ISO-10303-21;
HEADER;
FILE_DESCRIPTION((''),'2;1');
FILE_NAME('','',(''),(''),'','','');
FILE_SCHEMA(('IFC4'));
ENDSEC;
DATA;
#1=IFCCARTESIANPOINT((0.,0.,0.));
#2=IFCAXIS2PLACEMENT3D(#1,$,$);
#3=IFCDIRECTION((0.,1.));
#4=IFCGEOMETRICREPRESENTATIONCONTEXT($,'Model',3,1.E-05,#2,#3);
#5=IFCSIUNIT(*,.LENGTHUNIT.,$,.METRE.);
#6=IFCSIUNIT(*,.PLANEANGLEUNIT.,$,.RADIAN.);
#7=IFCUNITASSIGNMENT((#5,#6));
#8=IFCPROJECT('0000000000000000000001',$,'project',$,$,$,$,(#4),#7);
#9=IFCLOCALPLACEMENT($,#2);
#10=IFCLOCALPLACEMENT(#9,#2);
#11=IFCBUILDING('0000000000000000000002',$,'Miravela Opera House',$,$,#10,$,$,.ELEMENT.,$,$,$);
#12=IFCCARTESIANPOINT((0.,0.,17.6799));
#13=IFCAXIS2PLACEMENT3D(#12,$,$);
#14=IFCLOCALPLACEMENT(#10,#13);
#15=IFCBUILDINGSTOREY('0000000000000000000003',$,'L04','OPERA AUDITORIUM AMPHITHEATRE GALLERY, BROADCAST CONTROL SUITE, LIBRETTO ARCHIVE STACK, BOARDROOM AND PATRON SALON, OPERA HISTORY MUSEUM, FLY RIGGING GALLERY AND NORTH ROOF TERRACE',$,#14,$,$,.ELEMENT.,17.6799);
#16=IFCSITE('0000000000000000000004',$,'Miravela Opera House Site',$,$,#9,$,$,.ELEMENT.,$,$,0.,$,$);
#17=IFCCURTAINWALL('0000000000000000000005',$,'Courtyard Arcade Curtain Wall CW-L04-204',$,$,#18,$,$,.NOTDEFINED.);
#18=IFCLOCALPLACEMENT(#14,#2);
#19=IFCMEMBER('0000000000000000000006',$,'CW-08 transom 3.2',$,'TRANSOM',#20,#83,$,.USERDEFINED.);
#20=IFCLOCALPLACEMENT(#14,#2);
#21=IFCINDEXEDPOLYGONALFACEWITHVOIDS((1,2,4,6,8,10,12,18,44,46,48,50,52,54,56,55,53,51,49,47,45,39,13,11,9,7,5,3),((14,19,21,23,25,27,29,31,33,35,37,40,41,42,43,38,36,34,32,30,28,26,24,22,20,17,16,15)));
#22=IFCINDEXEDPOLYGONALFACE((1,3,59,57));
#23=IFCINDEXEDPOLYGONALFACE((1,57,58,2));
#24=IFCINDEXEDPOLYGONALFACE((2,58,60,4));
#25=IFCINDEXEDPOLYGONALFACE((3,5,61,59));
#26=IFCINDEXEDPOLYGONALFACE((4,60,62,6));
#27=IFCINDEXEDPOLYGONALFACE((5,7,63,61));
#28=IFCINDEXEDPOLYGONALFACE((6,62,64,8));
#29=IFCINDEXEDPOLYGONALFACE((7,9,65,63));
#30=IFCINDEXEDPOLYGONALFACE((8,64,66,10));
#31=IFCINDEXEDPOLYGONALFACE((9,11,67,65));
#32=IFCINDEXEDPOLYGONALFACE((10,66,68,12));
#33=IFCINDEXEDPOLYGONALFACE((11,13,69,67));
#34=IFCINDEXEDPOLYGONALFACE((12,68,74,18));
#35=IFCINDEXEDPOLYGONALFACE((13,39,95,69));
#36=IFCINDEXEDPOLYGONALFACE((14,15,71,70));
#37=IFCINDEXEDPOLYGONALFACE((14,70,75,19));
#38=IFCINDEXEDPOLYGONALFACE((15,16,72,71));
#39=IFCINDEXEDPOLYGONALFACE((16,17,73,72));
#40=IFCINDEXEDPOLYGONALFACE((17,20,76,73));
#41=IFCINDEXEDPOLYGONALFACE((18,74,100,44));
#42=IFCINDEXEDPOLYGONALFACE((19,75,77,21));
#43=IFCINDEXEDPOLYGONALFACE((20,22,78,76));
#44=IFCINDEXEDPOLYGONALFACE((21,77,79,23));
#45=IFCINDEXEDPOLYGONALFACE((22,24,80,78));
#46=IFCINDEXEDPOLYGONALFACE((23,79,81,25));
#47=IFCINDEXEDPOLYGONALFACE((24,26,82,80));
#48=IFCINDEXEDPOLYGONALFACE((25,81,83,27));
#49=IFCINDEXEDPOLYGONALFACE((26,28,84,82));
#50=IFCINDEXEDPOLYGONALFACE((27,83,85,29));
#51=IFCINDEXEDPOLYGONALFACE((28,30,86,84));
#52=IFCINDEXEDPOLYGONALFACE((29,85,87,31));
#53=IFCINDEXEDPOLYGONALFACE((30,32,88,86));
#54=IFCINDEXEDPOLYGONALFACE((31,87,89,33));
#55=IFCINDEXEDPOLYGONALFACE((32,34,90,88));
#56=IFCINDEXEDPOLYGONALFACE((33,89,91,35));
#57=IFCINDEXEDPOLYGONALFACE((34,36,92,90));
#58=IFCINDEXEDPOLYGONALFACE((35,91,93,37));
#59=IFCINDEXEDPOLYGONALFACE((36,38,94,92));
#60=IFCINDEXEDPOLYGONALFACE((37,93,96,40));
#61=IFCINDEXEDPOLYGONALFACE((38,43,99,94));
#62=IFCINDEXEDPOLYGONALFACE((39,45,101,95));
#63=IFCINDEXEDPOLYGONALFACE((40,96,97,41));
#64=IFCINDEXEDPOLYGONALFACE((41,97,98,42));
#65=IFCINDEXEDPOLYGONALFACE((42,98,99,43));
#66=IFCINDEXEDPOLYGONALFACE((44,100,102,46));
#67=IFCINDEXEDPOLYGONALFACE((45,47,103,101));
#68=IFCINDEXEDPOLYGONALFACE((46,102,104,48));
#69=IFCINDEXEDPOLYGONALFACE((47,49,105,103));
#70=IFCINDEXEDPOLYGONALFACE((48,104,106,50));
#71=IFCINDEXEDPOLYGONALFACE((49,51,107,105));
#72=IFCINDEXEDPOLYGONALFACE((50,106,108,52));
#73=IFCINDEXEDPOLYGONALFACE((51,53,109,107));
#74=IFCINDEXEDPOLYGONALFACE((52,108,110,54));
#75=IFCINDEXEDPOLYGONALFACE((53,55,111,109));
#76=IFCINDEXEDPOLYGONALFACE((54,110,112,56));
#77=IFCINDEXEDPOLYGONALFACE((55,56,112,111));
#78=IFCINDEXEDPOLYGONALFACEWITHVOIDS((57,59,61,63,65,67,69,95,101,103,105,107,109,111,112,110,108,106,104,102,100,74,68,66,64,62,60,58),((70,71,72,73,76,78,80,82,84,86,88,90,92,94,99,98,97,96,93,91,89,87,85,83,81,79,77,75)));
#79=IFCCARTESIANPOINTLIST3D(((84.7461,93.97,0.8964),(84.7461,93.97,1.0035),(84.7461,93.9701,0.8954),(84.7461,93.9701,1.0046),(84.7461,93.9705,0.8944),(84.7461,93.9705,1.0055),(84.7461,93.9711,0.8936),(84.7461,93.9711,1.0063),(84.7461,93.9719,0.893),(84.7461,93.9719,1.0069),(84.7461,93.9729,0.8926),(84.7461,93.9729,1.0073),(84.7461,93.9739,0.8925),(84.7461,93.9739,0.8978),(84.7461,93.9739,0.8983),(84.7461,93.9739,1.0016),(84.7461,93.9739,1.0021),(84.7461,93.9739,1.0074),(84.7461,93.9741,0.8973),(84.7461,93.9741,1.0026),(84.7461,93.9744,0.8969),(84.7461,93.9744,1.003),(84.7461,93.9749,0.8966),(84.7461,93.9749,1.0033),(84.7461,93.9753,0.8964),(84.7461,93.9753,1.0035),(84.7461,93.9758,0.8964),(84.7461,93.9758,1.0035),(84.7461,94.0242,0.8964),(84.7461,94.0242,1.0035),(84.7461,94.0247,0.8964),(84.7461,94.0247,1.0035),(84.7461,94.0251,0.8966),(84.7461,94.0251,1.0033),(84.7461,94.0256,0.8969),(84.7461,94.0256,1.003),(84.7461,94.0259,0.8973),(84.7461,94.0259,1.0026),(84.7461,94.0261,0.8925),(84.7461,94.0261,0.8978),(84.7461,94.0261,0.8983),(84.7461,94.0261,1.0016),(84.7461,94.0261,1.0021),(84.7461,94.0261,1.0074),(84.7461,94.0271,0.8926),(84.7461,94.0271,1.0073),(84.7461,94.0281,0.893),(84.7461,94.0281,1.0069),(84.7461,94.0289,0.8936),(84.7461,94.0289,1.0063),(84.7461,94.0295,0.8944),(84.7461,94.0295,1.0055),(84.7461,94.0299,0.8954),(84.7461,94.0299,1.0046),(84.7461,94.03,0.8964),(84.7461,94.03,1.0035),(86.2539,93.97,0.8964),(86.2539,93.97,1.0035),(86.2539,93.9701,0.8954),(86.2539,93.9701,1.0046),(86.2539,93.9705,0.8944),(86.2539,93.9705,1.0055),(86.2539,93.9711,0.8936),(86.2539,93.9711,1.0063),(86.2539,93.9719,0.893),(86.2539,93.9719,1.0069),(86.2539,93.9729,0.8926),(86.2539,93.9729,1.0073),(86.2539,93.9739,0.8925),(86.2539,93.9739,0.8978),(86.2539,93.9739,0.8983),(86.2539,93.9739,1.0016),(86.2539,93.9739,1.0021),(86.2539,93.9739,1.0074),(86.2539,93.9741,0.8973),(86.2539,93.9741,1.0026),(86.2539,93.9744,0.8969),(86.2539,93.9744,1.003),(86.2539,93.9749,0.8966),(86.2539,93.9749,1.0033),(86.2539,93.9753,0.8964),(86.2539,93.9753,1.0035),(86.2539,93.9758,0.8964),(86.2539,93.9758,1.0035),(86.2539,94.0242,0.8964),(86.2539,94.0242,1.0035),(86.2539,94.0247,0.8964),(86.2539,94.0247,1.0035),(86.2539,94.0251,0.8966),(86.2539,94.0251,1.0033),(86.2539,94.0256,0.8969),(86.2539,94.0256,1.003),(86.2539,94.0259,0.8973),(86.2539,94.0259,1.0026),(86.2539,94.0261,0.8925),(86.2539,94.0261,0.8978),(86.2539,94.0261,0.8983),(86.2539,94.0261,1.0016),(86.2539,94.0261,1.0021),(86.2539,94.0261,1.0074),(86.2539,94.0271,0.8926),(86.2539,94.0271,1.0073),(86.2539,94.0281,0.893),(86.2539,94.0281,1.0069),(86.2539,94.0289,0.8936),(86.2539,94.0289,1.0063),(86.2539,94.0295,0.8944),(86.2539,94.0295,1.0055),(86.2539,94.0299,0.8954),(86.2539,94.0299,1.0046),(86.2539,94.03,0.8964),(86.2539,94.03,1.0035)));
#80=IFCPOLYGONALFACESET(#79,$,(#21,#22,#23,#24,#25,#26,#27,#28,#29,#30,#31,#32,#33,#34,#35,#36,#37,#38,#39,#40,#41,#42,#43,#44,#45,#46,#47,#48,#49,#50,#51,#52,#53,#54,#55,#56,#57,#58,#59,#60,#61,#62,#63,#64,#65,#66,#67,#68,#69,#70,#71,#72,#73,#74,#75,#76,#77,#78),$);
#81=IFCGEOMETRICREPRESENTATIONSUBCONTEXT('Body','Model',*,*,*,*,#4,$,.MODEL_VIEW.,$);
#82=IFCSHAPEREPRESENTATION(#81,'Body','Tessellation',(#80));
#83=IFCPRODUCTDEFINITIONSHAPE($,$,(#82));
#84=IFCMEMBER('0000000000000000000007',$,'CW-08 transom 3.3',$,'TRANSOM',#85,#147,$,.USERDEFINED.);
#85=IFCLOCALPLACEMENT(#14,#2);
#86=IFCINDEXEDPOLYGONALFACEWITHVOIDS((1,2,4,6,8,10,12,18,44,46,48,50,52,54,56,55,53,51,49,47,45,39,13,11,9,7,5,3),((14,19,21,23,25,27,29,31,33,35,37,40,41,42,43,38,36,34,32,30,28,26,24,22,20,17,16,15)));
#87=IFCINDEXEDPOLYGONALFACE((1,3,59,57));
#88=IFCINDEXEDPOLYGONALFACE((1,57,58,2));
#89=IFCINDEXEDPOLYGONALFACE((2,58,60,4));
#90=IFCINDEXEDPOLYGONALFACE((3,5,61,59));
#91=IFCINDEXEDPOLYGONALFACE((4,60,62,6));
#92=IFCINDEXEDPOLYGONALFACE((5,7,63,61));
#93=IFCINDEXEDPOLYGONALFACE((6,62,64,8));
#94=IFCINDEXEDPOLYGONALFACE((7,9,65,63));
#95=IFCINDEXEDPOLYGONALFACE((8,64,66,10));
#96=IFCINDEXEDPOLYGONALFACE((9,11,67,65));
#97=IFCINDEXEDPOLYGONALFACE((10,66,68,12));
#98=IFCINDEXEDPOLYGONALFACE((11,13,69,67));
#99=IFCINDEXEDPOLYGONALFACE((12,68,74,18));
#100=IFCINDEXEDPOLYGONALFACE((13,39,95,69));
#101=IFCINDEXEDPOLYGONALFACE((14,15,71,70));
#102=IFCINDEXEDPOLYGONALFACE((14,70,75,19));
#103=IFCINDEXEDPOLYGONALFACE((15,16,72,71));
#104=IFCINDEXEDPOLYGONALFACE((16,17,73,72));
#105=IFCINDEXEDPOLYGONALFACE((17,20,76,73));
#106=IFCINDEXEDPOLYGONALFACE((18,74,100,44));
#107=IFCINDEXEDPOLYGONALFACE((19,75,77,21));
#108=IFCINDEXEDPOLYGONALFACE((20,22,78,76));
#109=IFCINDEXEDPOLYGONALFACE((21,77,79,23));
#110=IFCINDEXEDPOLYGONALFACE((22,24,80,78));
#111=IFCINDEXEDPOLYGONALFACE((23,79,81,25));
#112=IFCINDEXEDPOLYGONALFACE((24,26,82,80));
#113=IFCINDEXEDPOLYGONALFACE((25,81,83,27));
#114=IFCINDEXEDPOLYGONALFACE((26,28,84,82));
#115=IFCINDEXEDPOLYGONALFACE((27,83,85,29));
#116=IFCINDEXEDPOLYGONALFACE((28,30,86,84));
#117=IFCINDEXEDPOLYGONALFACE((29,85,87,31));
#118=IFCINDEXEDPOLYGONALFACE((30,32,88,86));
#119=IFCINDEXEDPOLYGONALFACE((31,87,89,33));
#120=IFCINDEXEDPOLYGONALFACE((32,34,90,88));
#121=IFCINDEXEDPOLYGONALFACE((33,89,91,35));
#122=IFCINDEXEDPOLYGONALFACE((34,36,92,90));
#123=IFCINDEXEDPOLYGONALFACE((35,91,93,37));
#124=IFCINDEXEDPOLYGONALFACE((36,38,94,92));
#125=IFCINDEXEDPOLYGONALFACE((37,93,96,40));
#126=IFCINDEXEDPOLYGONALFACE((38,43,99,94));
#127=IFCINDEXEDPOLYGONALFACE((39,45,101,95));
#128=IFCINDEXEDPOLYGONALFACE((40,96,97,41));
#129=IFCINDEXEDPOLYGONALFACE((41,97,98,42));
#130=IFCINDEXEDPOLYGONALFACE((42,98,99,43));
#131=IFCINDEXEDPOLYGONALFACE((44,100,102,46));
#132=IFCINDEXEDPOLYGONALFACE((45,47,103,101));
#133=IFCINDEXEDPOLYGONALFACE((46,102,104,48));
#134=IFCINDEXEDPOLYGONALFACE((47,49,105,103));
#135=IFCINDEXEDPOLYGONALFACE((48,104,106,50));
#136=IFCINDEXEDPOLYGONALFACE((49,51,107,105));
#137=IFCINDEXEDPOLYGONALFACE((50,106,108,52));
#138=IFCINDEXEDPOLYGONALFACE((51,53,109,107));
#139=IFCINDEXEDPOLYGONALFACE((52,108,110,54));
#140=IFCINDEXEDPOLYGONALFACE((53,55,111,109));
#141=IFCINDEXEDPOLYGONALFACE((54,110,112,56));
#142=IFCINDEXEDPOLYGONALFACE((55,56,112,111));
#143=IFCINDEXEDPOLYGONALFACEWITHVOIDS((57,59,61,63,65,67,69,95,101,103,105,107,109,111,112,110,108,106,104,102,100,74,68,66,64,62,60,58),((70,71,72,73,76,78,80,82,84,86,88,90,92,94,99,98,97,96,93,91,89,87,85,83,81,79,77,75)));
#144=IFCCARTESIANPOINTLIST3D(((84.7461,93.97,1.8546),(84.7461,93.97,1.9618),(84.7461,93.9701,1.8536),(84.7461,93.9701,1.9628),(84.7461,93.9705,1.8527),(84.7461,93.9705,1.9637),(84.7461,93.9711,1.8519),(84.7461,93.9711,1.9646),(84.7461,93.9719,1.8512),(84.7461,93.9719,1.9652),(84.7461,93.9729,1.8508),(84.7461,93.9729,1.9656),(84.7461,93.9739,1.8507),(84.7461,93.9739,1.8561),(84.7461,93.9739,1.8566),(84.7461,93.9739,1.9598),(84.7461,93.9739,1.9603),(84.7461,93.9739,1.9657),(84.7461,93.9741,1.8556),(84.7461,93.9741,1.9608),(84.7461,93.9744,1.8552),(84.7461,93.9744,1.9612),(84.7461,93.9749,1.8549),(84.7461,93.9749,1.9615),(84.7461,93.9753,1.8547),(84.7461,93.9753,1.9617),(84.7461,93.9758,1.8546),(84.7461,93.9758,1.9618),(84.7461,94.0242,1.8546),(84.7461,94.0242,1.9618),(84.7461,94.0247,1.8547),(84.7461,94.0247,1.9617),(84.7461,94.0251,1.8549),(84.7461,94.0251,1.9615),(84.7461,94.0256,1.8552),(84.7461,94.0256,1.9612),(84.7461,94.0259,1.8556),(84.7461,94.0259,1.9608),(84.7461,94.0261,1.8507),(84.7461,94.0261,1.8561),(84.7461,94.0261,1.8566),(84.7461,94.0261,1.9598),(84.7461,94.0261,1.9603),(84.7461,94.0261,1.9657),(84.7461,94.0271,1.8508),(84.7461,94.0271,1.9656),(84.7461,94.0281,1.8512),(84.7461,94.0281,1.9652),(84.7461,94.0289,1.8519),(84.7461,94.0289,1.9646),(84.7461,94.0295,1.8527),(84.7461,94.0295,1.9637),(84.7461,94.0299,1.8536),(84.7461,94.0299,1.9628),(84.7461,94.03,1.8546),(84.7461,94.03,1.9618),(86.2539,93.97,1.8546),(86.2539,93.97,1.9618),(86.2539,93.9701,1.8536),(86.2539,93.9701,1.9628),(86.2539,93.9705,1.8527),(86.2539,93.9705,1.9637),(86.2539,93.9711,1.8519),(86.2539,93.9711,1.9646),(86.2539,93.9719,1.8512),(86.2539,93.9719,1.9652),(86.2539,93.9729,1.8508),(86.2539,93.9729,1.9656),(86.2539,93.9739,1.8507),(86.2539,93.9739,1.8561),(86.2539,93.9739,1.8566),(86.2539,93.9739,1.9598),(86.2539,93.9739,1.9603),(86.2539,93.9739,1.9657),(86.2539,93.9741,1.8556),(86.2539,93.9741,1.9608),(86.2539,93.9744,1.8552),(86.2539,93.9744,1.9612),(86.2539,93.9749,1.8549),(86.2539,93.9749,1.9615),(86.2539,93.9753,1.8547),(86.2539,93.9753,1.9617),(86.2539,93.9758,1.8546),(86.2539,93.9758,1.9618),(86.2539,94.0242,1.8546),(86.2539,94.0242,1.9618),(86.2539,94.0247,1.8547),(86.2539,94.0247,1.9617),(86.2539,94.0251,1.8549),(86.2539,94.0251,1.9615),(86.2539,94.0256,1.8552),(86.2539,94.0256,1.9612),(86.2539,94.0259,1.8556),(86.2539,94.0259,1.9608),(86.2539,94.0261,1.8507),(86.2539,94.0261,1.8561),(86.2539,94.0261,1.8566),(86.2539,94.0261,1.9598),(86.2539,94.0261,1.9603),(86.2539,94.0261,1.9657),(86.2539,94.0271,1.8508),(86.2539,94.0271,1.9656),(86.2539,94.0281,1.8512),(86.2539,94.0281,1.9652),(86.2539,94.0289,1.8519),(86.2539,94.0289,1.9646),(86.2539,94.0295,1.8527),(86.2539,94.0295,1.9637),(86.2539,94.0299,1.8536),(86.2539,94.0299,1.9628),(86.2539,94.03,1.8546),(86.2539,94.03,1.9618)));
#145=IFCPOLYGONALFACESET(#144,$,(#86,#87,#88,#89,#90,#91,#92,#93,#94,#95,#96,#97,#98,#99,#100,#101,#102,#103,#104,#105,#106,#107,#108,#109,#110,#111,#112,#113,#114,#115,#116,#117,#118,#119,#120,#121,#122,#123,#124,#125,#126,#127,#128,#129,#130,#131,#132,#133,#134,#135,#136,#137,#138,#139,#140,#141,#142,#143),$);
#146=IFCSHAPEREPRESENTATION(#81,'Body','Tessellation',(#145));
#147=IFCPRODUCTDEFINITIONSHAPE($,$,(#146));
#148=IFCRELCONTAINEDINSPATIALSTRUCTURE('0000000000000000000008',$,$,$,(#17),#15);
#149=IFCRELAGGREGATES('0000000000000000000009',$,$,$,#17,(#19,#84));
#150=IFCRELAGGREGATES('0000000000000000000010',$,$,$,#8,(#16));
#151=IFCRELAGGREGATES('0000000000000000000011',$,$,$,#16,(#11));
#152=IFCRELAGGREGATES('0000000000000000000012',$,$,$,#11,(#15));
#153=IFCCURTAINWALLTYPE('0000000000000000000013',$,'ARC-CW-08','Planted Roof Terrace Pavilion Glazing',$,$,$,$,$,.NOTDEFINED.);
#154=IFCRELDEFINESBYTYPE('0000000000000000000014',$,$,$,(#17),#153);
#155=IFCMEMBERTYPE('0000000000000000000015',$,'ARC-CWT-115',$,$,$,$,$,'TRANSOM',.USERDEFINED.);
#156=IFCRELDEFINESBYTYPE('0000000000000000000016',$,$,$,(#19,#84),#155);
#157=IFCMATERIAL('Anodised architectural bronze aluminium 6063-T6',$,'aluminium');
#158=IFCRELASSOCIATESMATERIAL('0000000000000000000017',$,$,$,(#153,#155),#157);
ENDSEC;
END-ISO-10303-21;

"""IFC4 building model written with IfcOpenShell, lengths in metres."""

from ifc_helpers import new_model, si_unit, direction, frame, origin, origin_2d, place, context, subcontext, project, spatial, hollow_rectangle, extrude, material, material_profile, profile_set, type_object, element, aggregate, save


model = new_model("IFC4")

# Units and contexts
model_context = context("Model", 3, precision=1e-05, world=origin(), true_north=direction((0.0, 1.0)))
body_context = subcontext(model_context, "Body", "Model", "MODEL_VIEW")
ifc_project = project(units=[si_unit("LENGTHUNIT", "METRE"), si_unit("PLANEANGLEUNIT", "RADIAN")], contexts=[model_context])

# Site, building, storey
site_placement = place(None, origin())
site = spatial("IfcSite", under=ifc_project, at=site_placement, Name="Miravela Opera House Site", CompositionType="ELEMENT", RefElevation=0.0)
building_placement = place(site_placement, origin())
building = spatial("IfcBuilding", under=site, at=building_placement, Name="Miravela Opera House", CompositionType="ELEMENT")
storey_placement = place(building_placement, frame((0.0, 0.0, 17.6799)))
storey = spatial("IfcBuildingStorey", under=building, at=storey_placement, Name="L04", Description="OPERA AUDITORIUM AMPHITHEATRE GALLERY, BROADCAST CONTROL SUITE, LIBRETTO ARCHIVE STACK, BOARDROOM AND PATRON SALON, OPERA HISTORY MUSEUM, FLY RIGGING GALLERY AND NORTH ROOF TERRACE", CompositionType="ELEMENT", Elevation=17.6799)

# Curtain wall, members
ifc_material_1 = material(Name="Anodised architectural bronze aluminium 6063-T6", Category="aluminium")
curtain_wall_type = type_object("IfcCurtainWallType", Name="ARC-CW-08", Description="Planted Roof Terrace Pavilion Glazing", PredefinedType="NOTDEFINED", material=ifc_material_1)
curtain_wall_placement = place(storey_placement, origin())
curtain_wall = element("IfcCurtainWall", 1, at=curtain_wall_placement, inside=storey, type_object=curtain_wall_type, Name="Courtyard Arcade Curtain Wall CW-L04-204", PredefinedType="NOTDEFINED")
ifc_material_profile_1 = material_profile(ifc_material_1, hollow_rectangle(XDim=0.0601, YDim=0.115, WallThickness=0.0039, InnerFilletRadius=0.002, OuterFilletRadius=0.0039, at=origin_2d()), Name="CWT-60X115")
ifc_profile_set_1 = profile_set([ifc_material_profile_1])
member_type_1 = type_object("IfcMemberType", Name="ARC-CWT-115", ElementType="TRANSOM", PredefinedType="USERDEFINED", material=ifc_profile_set_1)
member_1_placement = place(storey_placement, frame((84.7461, 94.0, 0.95), z_axis=(1.0, 0.0, 0.0), x_axis=(0.0, 1.0, 0.0)))
member_1 = element("IfcMember", 2, at=member_1_placement, type_object=member_type_1, Name="CW-08 transom 3.2", ObjectType="TRANSOM", PredefinedType="USERDEFINED", context=body_context, shape_type="SweptSolid", body=[
    extrude(hollow_rectangle(XDim=0.0601, YDim=0.115, WallThickness=0.0039, InnerFilletRadius=0.002, OuterFilletRadius=0.0039, at=origin_2d()), origin(), (0.0, 0.0, 1.0), 1.5078),
])
member_2_placement = place(storey_placement, frame((84.7461, 94.0, 1.9082), z_axis=(1.0, 0.0, 0.0), x_axis=(0.0, 1.0, 0.0)))
member_2 = element("IfcMember", 3, at=member_2_placement, type_object=member_type_1, Name="CW-08 transom 3.3", ObjectType="TRANSOM", PredefinedType="USERDEFINED", context=body_context, shape_type="SweptSolid", body=[
    extrude(hollow_rectangle(XDim=0.0601, YDim=0.115, WallThickness=0.0039, InnerFilletRadius=0.002, OuterFilletRadius=0.0039, at=origin_2d()), origin(), (0.0, 0.0, 1.0), 1.5078),
])

aggregate(curtain_wall, [member_1, member_2])

save(model, "model.ifc")
